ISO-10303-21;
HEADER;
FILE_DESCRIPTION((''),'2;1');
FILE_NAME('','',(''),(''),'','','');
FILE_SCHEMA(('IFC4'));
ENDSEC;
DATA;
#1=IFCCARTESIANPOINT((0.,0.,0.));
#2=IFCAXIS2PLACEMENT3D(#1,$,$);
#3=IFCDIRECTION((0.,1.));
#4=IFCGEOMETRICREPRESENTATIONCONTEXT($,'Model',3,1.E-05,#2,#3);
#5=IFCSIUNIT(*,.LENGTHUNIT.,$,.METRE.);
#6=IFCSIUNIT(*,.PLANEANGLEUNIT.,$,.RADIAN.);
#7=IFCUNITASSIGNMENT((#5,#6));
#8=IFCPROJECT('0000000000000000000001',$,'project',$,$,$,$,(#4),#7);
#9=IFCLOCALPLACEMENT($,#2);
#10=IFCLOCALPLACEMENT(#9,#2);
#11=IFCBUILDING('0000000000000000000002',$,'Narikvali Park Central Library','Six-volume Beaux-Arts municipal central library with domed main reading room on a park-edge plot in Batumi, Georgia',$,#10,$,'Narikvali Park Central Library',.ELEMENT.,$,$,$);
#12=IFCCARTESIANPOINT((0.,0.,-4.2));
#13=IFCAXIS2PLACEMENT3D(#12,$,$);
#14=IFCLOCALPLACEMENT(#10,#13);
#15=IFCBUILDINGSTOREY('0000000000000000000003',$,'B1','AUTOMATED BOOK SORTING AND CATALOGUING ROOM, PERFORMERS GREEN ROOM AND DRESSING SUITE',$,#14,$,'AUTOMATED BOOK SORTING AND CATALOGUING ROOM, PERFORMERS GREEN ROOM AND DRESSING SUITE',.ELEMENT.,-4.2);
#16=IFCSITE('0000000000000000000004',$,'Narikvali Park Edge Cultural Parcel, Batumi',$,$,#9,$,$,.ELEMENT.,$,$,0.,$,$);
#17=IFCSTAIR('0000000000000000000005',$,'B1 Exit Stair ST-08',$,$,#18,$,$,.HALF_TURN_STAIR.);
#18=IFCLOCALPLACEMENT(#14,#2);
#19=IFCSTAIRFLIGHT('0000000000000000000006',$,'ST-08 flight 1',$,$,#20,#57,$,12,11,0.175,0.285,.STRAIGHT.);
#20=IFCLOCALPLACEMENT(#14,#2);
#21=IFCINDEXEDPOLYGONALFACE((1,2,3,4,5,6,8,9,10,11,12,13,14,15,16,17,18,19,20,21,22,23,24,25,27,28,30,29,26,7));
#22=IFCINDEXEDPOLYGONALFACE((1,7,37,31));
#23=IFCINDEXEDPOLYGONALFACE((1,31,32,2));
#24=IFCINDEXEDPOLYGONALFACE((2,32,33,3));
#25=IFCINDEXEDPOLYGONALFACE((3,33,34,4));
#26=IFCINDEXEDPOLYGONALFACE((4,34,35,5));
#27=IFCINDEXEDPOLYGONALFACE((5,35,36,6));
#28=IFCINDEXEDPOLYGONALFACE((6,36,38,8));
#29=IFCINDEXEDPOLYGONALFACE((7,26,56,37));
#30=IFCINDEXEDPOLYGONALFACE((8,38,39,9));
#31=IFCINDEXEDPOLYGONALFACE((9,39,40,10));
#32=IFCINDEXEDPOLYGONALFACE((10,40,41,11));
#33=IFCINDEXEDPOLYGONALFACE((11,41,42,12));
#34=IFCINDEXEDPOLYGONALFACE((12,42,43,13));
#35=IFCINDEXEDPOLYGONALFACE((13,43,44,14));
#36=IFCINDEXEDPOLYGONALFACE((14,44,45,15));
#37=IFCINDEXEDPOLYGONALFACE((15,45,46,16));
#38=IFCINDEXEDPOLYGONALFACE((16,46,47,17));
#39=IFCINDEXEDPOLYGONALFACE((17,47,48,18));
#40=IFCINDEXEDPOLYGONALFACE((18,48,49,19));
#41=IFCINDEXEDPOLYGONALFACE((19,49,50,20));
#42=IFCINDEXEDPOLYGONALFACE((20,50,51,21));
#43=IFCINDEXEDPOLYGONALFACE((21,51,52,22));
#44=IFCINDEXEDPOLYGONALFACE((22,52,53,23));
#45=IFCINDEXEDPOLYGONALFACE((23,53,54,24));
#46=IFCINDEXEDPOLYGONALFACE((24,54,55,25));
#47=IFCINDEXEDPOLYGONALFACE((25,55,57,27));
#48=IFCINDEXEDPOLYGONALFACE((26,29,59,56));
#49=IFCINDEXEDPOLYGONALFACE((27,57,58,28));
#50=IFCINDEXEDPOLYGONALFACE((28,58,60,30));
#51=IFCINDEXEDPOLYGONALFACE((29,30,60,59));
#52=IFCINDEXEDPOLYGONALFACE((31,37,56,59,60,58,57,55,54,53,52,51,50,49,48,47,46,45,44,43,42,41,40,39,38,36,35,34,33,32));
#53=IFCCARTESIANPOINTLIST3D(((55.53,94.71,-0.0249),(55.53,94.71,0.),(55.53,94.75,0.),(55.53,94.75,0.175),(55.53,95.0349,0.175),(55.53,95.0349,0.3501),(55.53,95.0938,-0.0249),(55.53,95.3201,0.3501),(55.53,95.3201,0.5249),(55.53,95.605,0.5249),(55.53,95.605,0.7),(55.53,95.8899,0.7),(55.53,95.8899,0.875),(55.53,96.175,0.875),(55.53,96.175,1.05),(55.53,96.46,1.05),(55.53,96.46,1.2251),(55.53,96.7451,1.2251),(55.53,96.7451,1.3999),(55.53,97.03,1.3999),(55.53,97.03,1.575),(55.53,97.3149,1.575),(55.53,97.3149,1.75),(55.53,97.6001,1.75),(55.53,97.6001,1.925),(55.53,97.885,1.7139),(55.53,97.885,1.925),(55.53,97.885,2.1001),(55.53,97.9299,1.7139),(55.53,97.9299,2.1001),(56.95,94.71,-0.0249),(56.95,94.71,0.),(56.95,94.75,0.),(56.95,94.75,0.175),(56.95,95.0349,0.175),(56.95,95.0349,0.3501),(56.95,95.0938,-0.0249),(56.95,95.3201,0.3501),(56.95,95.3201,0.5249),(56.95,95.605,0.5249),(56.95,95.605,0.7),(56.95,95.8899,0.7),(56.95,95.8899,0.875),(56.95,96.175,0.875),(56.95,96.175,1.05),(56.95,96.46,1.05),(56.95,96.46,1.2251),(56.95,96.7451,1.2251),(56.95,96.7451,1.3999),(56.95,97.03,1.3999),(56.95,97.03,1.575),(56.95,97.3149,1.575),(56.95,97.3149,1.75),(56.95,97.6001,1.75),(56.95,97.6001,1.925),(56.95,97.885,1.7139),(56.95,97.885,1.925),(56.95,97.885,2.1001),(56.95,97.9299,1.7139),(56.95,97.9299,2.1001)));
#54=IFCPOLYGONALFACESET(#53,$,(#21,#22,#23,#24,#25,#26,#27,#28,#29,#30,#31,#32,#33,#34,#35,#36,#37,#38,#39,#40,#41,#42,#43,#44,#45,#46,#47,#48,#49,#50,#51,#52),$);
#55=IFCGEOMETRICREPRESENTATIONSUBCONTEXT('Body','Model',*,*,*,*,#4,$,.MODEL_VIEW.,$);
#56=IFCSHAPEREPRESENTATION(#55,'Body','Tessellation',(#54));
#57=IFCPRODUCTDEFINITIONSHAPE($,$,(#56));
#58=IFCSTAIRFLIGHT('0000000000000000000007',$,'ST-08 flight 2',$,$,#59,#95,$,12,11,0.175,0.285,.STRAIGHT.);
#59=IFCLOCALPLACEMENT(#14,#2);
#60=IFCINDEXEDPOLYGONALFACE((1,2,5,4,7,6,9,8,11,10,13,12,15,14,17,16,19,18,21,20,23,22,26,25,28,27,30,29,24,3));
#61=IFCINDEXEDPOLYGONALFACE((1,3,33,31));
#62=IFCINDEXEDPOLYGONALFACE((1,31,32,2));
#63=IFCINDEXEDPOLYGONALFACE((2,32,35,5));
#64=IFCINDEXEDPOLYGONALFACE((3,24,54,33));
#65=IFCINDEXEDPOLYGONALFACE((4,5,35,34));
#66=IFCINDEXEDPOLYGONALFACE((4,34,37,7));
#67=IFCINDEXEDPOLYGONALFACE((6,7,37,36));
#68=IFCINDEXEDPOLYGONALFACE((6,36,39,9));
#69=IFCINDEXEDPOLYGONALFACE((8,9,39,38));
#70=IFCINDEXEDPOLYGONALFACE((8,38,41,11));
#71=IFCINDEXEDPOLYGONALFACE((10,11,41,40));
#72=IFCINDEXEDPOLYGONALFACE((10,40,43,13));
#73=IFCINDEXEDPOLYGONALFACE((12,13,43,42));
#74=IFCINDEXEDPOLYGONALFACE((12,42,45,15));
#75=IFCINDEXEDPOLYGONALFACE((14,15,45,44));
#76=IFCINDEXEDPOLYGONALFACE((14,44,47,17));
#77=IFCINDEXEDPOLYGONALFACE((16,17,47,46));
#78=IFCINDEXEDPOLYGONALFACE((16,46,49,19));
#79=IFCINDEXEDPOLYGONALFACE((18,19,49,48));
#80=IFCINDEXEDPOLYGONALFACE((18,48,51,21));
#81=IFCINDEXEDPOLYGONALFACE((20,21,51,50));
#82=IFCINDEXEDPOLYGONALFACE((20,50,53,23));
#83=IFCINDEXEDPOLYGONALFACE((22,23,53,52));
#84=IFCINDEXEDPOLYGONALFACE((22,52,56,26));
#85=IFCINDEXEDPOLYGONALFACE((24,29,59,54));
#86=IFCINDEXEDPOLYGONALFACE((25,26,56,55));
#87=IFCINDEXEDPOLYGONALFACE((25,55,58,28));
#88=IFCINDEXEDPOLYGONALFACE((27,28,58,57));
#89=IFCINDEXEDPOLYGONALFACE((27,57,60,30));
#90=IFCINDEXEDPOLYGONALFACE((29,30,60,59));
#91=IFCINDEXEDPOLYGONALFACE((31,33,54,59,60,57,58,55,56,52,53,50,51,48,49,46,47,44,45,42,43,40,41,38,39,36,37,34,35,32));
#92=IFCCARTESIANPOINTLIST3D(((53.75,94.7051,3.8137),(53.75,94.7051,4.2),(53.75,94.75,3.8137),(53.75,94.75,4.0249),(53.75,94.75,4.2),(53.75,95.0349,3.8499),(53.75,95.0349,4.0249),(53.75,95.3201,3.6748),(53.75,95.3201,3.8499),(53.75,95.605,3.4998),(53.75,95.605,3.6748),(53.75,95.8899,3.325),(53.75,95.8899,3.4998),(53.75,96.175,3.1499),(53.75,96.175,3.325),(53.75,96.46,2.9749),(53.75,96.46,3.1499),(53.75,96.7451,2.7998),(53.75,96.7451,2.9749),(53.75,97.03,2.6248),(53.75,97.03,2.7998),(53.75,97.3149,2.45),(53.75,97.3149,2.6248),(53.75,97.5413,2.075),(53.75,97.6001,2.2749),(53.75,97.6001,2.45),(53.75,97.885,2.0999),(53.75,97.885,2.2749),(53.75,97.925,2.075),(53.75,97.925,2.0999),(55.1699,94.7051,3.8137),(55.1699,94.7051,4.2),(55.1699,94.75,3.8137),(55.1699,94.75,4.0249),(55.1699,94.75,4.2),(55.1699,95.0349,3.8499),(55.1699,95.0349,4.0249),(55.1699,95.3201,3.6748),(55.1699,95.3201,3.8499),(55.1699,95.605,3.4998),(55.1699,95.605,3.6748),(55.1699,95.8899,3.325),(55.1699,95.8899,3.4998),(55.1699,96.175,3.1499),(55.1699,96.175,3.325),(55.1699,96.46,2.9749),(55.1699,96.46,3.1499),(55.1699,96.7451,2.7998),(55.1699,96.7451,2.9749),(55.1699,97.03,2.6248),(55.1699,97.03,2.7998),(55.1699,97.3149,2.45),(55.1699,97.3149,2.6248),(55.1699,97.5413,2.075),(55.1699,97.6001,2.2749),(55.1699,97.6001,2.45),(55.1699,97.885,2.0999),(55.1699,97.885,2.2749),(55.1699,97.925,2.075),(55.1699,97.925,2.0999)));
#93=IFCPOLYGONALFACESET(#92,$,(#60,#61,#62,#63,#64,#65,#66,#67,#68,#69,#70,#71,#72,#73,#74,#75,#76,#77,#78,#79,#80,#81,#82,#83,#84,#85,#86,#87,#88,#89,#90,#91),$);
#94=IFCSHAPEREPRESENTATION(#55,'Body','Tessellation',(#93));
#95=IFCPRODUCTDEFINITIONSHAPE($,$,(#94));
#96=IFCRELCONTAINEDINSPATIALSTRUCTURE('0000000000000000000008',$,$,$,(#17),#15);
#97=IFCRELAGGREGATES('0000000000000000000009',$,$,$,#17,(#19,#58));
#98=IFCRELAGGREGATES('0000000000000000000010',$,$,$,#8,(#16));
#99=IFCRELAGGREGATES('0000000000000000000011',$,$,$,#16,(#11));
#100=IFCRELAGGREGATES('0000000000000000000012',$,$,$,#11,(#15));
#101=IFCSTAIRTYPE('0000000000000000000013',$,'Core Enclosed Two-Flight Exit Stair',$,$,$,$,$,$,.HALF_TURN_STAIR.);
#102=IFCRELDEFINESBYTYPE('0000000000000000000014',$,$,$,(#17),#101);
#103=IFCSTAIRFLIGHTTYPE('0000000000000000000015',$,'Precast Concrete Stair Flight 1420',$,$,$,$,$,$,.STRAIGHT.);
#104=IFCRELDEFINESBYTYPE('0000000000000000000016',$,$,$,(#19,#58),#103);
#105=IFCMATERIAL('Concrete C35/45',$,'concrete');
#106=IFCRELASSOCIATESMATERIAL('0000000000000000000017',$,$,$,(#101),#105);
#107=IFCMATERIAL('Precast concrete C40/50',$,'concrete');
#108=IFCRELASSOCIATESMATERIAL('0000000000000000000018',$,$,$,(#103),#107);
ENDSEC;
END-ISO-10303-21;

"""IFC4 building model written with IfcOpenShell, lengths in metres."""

from ifc_helpers import new_model, si_unit, direction, frame, origin, place, context, subcontext, project, spatial, polyline, outline, extrude, material, type_object, element, aggregate, save


model = new_model("IFC4")

# Units and contexts
model_context = context("Model", 3, precision=1e-05, world=origin(), true_north=direction((0.0, 1.0)))
body_context = subcontext(model_context, "Body", "Model", "MODEL_VIEW")
ifc_project = project(units=[si_unit("LENGTHUNIT", "METRE"), si_unit("PLANEANGLEUNIT", "RADIAN")], contexts=[model_context])

# Site, building, storey
site_placement = place(None, origin())
site = spatial("IfcSite", under=ifc_project, at=site_placement, Name="Narikvali Park Edge Cultural Parcel, Batumi", CompositionType="ELEMENT", RefElevation=0.0)
building_placement = place(site_placement, origin())
building = spatial("IfcBuilding", under=site, at=building_placement, Name="Narikvali Park Central Library", Description="Six-volume Beaux-Arts municipal central library with domed main reading room on a park-edge plot in Batumi, Georgia", LongName="Narikvali Park Central Library", CompositionType="ELEMENT")
storey_placement = place(building_placement, frame((0.0, 0.0, -4.2)))
storey = spatial("IfcBuildingStorey", under=building, at=storey_placement, Name="B1", Description="AUTOMATED BOOK SORTING AND CATALOGUING ROOM, PERFORMERS GREEN ROOM AND DRESSING SUITE", LongName="AUTOMATED BOOK SORTING AND CATALOGUING ROOM, PERFORMERS GREEN ROOM AND DRESSING SUITE", CompositionType="ELEMENT", Elevation=-4.2)

# Shared definitions
ifc_material_1 = material(Name="Concrete C35/45", Category="concrete")

# Stair, stair flights
stair_type = type_object("IfcStairType", Name="Core Enclosed Two-Flight Exit Stair", PredefinedType="HALF_TURN_STAIR", material=ifc_material_1)
stair_placement = place(storey_placement, origin())
stair = element("IfcStair", 1, at=stair_placement, inside=storey, type_object=stair_type, Name="B1 Exit Stair ST-08", PredefinedType="HALF_TURN_STAIR")
ifc_material_2 = material(Name="Precast concrete C40/50", Category="concrete")
stair_flight_type = type_object("IfcStairFlightType", Name="Precast Concrete Stair Flight 1420", PredefinedType="STRAIGHT", material=ifc_material_2)
stair_flight_1_placement = place(storey_placement, frame((56.24, 94.75, 0.0), z_axis=(0.0, 0.0, 1.0), x_axis=(0.0, 1.0, 0.0)))
stair_flight_1 = element("IfcStairFlight", 2, at=stair_flight_1_placement, type_object=stair_flight_type, Name="ST-08 flight 1", NumberOfRisers=12, NumberOfTreads=11, PredefinedType="STRAIGHT", RiserHeight=0.175, TreadLength=0.285, context=body_context, shape_type="SweptSolid", body=[
    extrude(outline(polyline([(-0.04, -0.0249), (-0.04, 0.0), (0.0, 0.0), (0.0, 0.175), (0.2849, 0.175), (0.2849, 0.3501), (0.5701, 0.3501), (0.5701, 0.5249), (0.855, 0.5249), (0.855, 0.7), (1.1399, 0.7), (1.1399, 0.875), (1.425, 0.875), (1.425, 1.05), (1.71, 1.05), (1.71, 1.2251), (1.9951, 1.2251), (1.9951, 1.3999), (2.28, 1.3999), (2.28, 1.575), (2.5649, 1.575), (2.5649, 1.75), (2.8501, 1.75), (2.8501, 1.925), (3.135, 1.925), (3.135, 2.1001), (3.1799, 2.1001), (3.1799, 1.7139), (3.135, 1.7139), (0.3438, -0.0249), (-0.04, -0.0249)])), frame((0.0, 0.71, 0.0), z_axis=(0.0, -1.0, 0.0), x_axis=(1.0, 0.0, 0.0)), (0.0, 0.0, 1.0), 1.4199),
])
stair_flight_2_placement = place(storey_placement, frame((54.46, 97.885, 2.0999), z_axis=(0.0, 0.0, 1.0), x_axis=(0.0, -1.0, 0.0)))
stair_flight_2 = element("IfcStairFlight", 3, at=stair_flight_2_placement, type_object=stair_flight_type, Name="ST-08 flight 2", NumberOfRisers=12, NumberOfTreads=11, PredefinedType="STRAIGHT", RiserHeight=0.175, TreadLength=0.285, context=body_context, shape_type="SweptSolid", body=[
    extrude(outline(polyline([(-0.04, -0.0249), (-0.04, 0.0), (0.0, 0.0), (0.0, 0.175), (0.2849, 0.175), (0.2849, 0.3501), (0.5701, 0.3501), (0.5701, 0.5249), (0.855, 0.5249), (0.855, 0.7), (1.1399, 0.7), (1.1399, 0.875), (1.425, 0.875), (1.425, 1.05), (1.71, 1.05), (1.71, 1.2251), (1.9951, 1.2251), (1.9951, 1.3999), (2.28, 1.3999), (2.28, 1.575), (2.5649, 1.575), (2.5649, 1.75), (2.8501, 1.75), (2.8501, 1.925), (3.135, 1.925), (3.135, 2.1001), (3.1799, 2.1001), (3.1799, 1.7139), (3.135, 1.7139), (0.3438, -0.0249), (-0.04, -0.0249)])), frame((0.0, 0.71, 0.0), z_axis=(0.0, -1.0, 0.0), x_axis=(1.0, 0.0, 0.0)), (0.0, 0.0, 1.0), 1.4199),
])
aggregate(stair, [stair_flight_1, stair_flight_2])

save(model, "model.ifc")
